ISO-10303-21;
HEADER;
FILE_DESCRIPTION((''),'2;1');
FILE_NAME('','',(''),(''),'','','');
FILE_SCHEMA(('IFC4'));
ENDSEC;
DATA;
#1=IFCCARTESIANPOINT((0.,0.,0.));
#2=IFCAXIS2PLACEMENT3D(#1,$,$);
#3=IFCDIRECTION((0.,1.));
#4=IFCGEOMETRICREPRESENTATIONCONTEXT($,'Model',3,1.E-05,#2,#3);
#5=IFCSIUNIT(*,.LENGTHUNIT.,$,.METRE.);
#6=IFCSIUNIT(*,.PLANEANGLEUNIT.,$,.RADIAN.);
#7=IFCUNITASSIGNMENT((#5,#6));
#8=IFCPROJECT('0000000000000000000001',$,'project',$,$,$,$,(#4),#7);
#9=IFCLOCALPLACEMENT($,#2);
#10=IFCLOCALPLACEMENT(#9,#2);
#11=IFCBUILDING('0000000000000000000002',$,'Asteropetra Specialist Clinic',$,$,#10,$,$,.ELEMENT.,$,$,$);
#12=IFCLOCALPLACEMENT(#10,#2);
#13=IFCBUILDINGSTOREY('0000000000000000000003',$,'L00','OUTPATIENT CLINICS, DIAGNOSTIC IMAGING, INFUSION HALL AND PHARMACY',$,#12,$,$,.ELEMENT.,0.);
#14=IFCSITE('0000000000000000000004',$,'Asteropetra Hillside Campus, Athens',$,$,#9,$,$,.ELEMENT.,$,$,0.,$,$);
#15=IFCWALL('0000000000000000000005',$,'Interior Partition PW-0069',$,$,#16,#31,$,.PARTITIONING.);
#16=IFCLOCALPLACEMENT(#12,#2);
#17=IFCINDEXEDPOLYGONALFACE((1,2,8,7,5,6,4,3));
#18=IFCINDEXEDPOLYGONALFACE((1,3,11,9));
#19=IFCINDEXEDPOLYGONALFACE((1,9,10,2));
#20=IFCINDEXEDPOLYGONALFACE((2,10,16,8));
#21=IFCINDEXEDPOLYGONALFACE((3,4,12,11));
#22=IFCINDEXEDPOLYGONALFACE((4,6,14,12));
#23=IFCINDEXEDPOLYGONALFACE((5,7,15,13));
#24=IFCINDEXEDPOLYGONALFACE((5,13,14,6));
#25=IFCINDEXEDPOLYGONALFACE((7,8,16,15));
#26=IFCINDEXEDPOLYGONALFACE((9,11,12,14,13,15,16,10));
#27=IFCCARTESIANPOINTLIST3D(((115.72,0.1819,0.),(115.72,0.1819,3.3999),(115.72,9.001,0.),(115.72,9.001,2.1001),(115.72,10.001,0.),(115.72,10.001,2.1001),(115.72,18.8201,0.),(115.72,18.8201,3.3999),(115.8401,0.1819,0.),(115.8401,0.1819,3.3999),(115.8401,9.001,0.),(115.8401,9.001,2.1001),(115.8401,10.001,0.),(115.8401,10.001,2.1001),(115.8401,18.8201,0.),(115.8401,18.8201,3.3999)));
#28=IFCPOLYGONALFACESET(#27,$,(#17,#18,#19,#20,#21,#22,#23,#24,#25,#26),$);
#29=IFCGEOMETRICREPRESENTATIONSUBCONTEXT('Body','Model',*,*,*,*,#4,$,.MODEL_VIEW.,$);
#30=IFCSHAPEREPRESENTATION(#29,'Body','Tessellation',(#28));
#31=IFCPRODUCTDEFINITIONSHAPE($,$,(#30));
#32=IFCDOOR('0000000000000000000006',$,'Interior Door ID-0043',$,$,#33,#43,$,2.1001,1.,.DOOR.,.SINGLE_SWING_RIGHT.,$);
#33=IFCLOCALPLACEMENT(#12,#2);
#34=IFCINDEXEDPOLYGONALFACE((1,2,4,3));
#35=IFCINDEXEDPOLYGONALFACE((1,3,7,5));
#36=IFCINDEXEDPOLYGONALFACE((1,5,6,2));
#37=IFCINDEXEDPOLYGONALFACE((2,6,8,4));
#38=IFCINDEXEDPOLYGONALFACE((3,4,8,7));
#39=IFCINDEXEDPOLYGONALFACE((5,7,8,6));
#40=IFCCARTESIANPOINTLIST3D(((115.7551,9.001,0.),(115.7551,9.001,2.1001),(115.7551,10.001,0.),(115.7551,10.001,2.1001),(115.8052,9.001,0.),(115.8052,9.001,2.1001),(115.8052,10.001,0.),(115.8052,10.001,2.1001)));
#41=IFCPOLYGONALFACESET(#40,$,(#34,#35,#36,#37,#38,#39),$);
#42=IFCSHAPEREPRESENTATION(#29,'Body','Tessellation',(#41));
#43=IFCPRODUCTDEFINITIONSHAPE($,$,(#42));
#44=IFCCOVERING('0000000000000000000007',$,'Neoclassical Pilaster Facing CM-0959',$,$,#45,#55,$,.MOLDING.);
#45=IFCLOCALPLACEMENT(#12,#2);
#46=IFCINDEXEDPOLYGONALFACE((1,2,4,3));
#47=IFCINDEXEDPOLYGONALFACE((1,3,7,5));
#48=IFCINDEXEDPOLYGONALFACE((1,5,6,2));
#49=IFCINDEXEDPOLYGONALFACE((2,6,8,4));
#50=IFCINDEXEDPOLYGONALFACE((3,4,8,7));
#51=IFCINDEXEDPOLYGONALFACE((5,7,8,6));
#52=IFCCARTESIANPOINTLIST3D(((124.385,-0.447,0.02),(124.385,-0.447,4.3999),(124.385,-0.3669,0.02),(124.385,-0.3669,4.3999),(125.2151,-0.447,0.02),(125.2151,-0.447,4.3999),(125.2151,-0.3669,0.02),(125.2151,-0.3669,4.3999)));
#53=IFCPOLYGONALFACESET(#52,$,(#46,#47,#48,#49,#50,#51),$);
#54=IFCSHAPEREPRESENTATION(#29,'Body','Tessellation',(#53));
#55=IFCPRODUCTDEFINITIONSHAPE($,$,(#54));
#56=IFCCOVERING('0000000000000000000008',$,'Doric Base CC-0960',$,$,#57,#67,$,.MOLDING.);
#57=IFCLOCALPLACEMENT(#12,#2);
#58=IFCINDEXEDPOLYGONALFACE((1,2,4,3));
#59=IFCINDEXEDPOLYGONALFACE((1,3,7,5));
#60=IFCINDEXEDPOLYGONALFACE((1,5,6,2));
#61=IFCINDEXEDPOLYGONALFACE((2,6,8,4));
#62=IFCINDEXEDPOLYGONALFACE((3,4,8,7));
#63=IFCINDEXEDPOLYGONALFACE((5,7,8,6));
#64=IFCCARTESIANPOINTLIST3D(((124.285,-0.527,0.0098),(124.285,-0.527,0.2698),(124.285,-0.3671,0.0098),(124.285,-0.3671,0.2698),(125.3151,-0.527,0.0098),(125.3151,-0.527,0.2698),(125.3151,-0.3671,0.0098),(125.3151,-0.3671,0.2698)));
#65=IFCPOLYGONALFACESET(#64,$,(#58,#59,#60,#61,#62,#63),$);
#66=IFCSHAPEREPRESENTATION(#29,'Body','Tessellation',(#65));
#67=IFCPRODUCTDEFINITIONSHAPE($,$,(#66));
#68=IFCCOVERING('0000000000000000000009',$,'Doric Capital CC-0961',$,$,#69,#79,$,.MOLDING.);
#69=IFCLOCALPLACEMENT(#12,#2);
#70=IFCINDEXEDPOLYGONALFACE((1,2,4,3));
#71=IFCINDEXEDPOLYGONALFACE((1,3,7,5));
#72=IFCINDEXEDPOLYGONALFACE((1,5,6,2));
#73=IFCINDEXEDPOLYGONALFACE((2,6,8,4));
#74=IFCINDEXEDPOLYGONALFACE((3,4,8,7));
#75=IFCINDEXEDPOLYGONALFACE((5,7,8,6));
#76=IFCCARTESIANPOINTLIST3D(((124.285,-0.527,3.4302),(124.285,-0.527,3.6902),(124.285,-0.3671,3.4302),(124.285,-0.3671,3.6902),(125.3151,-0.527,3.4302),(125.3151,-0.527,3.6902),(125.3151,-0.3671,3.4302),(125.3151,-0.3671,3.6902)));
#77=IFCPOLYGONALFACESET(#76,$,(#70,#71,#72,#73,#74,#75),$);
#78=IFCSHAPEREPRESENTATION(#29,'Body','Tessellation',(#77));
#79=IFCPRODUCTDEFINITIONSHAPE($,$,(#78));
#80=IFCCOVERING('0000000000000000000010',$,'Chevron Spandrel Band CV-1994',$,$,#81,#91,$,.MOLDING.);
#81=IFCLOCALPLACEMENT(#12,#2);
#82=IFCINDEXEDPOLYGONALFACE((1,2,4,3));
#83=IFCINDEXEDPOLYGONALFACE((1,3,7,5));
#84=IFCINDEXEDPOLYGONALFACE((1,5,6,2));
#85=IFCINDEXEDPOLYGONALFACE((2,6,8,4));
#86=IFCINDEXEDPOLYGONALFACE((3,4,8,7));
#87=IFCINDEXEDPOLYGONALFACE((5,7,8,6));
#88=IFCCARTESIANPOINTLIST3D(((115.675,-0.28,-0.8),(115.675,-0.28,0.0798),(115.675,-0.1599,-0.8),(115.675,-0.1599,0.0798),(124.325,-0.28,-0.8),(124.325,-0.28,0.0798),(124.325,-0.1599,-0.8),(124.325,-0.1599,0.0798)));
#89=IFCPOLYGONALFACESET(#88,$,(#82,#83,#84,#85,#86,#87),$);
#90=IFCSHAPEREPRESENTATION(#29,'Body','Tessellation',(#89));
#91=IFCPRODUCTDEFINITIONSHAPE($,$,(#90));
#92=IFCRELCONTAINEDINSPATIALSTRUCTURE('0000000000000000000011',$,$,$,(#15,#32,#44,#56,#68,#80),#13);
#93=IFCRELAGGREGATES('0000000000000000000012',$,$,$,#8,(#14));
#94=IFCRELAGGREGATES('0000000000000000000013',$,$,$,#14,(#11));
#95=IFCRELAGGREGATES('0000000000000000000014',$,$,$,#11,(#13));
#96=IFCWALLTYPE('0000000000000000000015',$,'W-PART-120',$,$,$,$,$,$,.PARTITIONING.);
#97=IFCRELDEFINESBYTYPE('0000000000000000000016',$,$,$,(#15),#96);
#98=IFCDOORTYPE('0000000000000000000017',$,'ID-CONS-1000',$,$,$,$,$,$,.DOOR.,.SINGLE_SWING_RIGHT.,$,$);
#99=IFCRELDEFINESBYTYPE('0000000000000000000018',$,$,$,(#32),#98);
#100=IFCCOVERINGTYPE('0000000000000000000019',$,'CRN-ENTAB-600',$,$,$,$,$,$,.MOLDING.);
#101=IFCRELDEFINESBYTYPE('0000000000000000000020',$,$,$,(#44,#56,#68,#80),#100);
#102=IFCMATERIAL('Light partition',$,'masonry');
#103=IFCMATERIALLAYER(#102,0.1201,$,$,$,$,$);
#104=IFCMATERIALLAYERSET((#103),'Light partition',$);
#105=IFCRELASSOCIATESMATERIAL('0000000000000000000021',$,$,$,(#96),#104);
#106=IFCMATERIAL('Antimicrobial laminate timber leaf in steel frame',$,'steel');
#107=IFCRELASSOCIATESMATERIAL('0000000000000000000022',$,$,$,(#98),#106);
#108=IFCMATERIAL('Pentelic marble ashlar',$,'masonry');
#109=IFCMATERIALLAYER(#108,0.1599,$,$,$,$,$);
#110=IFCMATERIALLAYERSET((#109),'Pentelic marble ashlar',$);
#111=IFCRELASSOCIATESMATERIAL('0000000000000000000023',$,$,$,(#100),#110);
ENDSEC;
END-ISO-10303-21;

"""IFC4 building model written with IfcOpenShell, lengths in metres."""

from ifc_helpers import new_model, si_unit, direction, frame, frame_2d, origin, origin_2d, place, context, subcontext, project, spatial, rectangle, extrude, material, layer, layer_set, type_object, element, fill, save


model = new_model("IFC4")

# Units and contexts
model_context = context("Model", 3, precision=1e-05, world=origin(), true_north=direction((0.0, 1.0)))
body_context = subcontext(model_context, "Body", "Model", "MODEL_VIEW")
ifc_project = project(units=[si_unit("LENGTHUNIT", "METRE"), si_unit("PLANEANGLEUNIT", "RADIAN")], contexts=[model_context])

# Site, building, storey
site_placement = place(None, origin())
site = spatial("IfcSite", under=ifc_project, at=site_placement, Name="Asteropetra Hillside Campus, Athens", CompositionType="ELEMENT", RefElevation=0.0)
building_placement = place(site_placement, origin())
building = spatial("IfcBuilding", under=site, at=building_placement, Name="Asteropetra Specialist Clinic", CompositionType="ELEMENT")
storey_placement = place(building_placement, origin())
storey = spatial("IfcBuildingStorey", under=building, at=storey_placement, Name="L00", Description="OUTPATIENT CLINICS, DIAGNOSTIC IMAGING, INFUSION HALL AND PHARMACY", CompositionType="ELEMENT", Elevation=0.0)

# Wall, opening, door
ifc_material_1 = material(Name="Light partition", Category="masonry")
ifc_layer_1 = layer(ifc_material_1, 0.1201)
ifc_layer_set_1 = layer_set([ifc_layer_1], Name="Light partition")
wall_type_1 = type_object("IfcWallType", Name="W-PART-120", PredefinedType="PARTITIONING", material=ifc_layer_set_1)
wall_1_placement = place(storey_placement, frame((115.78, 0.1819, 0.0), z_axis=(0.0, 0.0, 1.0), x_axis=(0.0, 1.0, 0.0)))
wall_1 = element("IfcWall", 1, at=wall_1_placement, inside=storey, type_object=wall_type_1, Name="Interior Partition PW-0069", PredefinedType="PARTITIONING", context=body_context, shape_type="SweptSolid", body=[
    extrude(rectangle(XDim=18.6382, YDim=0.1201, at=frame_2d((9.3191, 0.0))), origin(), (0.0, 0.0, 1.0), 3.3999),
])
opening_1_placement = place(wall_1_placement, frame((8.8191, 0.0, 0.0)))
opening_1 = element("IfcOpeningElement", 2, at=opening_1_placement, cuts=wall_1, PredefinedType="OPENING", context=body_context, shape_type="SweptSolid", body=[
    extrude(rectangle(XDim=1.0, YDim=2.1001, at=frame_2d((0.5, 1.05))), frame((0.0, 0.0701, 0.0), z_axis=(0.0, -1.0, 0.0), x_axis=(1.0, 0.0, 0.0)), (0.0, 0.0, 1.0), 0.1401),
])
ifc_material_2 = material(Name="Antimicrobial laminate timber leaf in steel frame", Category="steel")
door_type_1 = type_object("IfcDoorType", Name="ID-CONS-1000", OperationType="SINGLE_SWING_RIGHT", PredefinedType="DOOR", material=ifc_material_2)
door_1_placement = place(opening_1_placement, origin())
door_1 = element("IfcDoor", 3, at=door_1_placement, inside=storey, type_object=door_type_1, Name="Interior Door ID-0043", OperationType="SINGLE_SWING_RIGHT", OverallHeight=2.1001, OverallWidth=1.0, PredefinedType="DOOR", context=body_context, shape_type="SweptSolid", body=[
    extrude(rectangle(XDim=1.0, YDim=2.1001, at=frame_2d((0.5, 1.05))), frame((0.0, 0.0249, 0.0), z_axis=(0.0, -1.0, 0.0), x_axis=(1.0, 0.0, 0.0)), (0.0, 0.0, 1.0), 0.05),
])
fill(opening_1, door_1)

# Coverings
ifc_material_3 = material(Name="Pentelic marble ashlar", Category="masonry")
ifc_layer_2 = layer(ifc_material_3, 0.1599)
ifc_layer_set_2 = layer_set([ifc_layer_2], Name="Pentelic marble ashlar")
covering_type = type_object("IfcCoveringType", Name="CRN-ENTAB-600", PredefinedType="MOLDING", material=ifc_layer_set_2)
covering_1_placement = place(storey_placement, frame((124.8, -0.407, 0.02), z_axis=(0.0, 0.0, 1.0), x_axis=(1.0, 0.0, 0.0)))
element("IfcCovering", 4, at=covering_1_placement, inside=storey, type_object=covering_type, Name="Neoclassical Pilaster Facing CM-0959", PredefinedType="MOLDING", context=body_context, shape_type="SweptSolid", body=[
    extrude(rectangle(XDim=0.8301, YDim=0.0801, at=origin_2d()), origin(), (0.0, 0.0, 1.0), 4.3799),
])
for number, where, z_axis, x_axis, name in (
    (5, (124.8, -0.447, 0.0098), (0.0, 0.0, 1.0), (1.0, 0.0, 0.0), "Doric Base CC-0960"),
    (6, (124.8, -0.447, 3.4302), (0.0, 0.0, 1.0), (1.0, 0.0, 0.0), "Doric Capital CC-0961"),
):
    element("IfcCovering", number, at=place(storey_placement, frame(where, z_axis=z_axis, x_axis=x_axis)), inside=storey, type_object=covering_type, Name=name, PredefinedType="MOLDING", context=body_context, shape_type="SweptSolid", body=[
        extrude(rectangle(XDim=1.03, YDim=0.1599, at=origin_2d()), origin(), (0.0, 0.0, 1.0), 0.26),
    ])
covering_2_placement = place(storey_placement, frame((120.0, -0.22, -0.8), z_axis=(0.0, 0.0, 1.0), x_axis=(1.0, 0.0, 0.0)))
element("IfcCovering", 7, at=covering_2_placement, inside=storey, type_object=covering_type, Name="Chevron Spandrel Band CV-1994", PredefinedType="MOLDING", context=body_context, shape_type="SweptSolid", body=[
    extrude(rectangle(XDim=8.6499, YDim=0.1201, at=origin_2d()), origin(), (0.0, 0.0, 1.0), 0.8799),
])

save(model, "model.ifc")
